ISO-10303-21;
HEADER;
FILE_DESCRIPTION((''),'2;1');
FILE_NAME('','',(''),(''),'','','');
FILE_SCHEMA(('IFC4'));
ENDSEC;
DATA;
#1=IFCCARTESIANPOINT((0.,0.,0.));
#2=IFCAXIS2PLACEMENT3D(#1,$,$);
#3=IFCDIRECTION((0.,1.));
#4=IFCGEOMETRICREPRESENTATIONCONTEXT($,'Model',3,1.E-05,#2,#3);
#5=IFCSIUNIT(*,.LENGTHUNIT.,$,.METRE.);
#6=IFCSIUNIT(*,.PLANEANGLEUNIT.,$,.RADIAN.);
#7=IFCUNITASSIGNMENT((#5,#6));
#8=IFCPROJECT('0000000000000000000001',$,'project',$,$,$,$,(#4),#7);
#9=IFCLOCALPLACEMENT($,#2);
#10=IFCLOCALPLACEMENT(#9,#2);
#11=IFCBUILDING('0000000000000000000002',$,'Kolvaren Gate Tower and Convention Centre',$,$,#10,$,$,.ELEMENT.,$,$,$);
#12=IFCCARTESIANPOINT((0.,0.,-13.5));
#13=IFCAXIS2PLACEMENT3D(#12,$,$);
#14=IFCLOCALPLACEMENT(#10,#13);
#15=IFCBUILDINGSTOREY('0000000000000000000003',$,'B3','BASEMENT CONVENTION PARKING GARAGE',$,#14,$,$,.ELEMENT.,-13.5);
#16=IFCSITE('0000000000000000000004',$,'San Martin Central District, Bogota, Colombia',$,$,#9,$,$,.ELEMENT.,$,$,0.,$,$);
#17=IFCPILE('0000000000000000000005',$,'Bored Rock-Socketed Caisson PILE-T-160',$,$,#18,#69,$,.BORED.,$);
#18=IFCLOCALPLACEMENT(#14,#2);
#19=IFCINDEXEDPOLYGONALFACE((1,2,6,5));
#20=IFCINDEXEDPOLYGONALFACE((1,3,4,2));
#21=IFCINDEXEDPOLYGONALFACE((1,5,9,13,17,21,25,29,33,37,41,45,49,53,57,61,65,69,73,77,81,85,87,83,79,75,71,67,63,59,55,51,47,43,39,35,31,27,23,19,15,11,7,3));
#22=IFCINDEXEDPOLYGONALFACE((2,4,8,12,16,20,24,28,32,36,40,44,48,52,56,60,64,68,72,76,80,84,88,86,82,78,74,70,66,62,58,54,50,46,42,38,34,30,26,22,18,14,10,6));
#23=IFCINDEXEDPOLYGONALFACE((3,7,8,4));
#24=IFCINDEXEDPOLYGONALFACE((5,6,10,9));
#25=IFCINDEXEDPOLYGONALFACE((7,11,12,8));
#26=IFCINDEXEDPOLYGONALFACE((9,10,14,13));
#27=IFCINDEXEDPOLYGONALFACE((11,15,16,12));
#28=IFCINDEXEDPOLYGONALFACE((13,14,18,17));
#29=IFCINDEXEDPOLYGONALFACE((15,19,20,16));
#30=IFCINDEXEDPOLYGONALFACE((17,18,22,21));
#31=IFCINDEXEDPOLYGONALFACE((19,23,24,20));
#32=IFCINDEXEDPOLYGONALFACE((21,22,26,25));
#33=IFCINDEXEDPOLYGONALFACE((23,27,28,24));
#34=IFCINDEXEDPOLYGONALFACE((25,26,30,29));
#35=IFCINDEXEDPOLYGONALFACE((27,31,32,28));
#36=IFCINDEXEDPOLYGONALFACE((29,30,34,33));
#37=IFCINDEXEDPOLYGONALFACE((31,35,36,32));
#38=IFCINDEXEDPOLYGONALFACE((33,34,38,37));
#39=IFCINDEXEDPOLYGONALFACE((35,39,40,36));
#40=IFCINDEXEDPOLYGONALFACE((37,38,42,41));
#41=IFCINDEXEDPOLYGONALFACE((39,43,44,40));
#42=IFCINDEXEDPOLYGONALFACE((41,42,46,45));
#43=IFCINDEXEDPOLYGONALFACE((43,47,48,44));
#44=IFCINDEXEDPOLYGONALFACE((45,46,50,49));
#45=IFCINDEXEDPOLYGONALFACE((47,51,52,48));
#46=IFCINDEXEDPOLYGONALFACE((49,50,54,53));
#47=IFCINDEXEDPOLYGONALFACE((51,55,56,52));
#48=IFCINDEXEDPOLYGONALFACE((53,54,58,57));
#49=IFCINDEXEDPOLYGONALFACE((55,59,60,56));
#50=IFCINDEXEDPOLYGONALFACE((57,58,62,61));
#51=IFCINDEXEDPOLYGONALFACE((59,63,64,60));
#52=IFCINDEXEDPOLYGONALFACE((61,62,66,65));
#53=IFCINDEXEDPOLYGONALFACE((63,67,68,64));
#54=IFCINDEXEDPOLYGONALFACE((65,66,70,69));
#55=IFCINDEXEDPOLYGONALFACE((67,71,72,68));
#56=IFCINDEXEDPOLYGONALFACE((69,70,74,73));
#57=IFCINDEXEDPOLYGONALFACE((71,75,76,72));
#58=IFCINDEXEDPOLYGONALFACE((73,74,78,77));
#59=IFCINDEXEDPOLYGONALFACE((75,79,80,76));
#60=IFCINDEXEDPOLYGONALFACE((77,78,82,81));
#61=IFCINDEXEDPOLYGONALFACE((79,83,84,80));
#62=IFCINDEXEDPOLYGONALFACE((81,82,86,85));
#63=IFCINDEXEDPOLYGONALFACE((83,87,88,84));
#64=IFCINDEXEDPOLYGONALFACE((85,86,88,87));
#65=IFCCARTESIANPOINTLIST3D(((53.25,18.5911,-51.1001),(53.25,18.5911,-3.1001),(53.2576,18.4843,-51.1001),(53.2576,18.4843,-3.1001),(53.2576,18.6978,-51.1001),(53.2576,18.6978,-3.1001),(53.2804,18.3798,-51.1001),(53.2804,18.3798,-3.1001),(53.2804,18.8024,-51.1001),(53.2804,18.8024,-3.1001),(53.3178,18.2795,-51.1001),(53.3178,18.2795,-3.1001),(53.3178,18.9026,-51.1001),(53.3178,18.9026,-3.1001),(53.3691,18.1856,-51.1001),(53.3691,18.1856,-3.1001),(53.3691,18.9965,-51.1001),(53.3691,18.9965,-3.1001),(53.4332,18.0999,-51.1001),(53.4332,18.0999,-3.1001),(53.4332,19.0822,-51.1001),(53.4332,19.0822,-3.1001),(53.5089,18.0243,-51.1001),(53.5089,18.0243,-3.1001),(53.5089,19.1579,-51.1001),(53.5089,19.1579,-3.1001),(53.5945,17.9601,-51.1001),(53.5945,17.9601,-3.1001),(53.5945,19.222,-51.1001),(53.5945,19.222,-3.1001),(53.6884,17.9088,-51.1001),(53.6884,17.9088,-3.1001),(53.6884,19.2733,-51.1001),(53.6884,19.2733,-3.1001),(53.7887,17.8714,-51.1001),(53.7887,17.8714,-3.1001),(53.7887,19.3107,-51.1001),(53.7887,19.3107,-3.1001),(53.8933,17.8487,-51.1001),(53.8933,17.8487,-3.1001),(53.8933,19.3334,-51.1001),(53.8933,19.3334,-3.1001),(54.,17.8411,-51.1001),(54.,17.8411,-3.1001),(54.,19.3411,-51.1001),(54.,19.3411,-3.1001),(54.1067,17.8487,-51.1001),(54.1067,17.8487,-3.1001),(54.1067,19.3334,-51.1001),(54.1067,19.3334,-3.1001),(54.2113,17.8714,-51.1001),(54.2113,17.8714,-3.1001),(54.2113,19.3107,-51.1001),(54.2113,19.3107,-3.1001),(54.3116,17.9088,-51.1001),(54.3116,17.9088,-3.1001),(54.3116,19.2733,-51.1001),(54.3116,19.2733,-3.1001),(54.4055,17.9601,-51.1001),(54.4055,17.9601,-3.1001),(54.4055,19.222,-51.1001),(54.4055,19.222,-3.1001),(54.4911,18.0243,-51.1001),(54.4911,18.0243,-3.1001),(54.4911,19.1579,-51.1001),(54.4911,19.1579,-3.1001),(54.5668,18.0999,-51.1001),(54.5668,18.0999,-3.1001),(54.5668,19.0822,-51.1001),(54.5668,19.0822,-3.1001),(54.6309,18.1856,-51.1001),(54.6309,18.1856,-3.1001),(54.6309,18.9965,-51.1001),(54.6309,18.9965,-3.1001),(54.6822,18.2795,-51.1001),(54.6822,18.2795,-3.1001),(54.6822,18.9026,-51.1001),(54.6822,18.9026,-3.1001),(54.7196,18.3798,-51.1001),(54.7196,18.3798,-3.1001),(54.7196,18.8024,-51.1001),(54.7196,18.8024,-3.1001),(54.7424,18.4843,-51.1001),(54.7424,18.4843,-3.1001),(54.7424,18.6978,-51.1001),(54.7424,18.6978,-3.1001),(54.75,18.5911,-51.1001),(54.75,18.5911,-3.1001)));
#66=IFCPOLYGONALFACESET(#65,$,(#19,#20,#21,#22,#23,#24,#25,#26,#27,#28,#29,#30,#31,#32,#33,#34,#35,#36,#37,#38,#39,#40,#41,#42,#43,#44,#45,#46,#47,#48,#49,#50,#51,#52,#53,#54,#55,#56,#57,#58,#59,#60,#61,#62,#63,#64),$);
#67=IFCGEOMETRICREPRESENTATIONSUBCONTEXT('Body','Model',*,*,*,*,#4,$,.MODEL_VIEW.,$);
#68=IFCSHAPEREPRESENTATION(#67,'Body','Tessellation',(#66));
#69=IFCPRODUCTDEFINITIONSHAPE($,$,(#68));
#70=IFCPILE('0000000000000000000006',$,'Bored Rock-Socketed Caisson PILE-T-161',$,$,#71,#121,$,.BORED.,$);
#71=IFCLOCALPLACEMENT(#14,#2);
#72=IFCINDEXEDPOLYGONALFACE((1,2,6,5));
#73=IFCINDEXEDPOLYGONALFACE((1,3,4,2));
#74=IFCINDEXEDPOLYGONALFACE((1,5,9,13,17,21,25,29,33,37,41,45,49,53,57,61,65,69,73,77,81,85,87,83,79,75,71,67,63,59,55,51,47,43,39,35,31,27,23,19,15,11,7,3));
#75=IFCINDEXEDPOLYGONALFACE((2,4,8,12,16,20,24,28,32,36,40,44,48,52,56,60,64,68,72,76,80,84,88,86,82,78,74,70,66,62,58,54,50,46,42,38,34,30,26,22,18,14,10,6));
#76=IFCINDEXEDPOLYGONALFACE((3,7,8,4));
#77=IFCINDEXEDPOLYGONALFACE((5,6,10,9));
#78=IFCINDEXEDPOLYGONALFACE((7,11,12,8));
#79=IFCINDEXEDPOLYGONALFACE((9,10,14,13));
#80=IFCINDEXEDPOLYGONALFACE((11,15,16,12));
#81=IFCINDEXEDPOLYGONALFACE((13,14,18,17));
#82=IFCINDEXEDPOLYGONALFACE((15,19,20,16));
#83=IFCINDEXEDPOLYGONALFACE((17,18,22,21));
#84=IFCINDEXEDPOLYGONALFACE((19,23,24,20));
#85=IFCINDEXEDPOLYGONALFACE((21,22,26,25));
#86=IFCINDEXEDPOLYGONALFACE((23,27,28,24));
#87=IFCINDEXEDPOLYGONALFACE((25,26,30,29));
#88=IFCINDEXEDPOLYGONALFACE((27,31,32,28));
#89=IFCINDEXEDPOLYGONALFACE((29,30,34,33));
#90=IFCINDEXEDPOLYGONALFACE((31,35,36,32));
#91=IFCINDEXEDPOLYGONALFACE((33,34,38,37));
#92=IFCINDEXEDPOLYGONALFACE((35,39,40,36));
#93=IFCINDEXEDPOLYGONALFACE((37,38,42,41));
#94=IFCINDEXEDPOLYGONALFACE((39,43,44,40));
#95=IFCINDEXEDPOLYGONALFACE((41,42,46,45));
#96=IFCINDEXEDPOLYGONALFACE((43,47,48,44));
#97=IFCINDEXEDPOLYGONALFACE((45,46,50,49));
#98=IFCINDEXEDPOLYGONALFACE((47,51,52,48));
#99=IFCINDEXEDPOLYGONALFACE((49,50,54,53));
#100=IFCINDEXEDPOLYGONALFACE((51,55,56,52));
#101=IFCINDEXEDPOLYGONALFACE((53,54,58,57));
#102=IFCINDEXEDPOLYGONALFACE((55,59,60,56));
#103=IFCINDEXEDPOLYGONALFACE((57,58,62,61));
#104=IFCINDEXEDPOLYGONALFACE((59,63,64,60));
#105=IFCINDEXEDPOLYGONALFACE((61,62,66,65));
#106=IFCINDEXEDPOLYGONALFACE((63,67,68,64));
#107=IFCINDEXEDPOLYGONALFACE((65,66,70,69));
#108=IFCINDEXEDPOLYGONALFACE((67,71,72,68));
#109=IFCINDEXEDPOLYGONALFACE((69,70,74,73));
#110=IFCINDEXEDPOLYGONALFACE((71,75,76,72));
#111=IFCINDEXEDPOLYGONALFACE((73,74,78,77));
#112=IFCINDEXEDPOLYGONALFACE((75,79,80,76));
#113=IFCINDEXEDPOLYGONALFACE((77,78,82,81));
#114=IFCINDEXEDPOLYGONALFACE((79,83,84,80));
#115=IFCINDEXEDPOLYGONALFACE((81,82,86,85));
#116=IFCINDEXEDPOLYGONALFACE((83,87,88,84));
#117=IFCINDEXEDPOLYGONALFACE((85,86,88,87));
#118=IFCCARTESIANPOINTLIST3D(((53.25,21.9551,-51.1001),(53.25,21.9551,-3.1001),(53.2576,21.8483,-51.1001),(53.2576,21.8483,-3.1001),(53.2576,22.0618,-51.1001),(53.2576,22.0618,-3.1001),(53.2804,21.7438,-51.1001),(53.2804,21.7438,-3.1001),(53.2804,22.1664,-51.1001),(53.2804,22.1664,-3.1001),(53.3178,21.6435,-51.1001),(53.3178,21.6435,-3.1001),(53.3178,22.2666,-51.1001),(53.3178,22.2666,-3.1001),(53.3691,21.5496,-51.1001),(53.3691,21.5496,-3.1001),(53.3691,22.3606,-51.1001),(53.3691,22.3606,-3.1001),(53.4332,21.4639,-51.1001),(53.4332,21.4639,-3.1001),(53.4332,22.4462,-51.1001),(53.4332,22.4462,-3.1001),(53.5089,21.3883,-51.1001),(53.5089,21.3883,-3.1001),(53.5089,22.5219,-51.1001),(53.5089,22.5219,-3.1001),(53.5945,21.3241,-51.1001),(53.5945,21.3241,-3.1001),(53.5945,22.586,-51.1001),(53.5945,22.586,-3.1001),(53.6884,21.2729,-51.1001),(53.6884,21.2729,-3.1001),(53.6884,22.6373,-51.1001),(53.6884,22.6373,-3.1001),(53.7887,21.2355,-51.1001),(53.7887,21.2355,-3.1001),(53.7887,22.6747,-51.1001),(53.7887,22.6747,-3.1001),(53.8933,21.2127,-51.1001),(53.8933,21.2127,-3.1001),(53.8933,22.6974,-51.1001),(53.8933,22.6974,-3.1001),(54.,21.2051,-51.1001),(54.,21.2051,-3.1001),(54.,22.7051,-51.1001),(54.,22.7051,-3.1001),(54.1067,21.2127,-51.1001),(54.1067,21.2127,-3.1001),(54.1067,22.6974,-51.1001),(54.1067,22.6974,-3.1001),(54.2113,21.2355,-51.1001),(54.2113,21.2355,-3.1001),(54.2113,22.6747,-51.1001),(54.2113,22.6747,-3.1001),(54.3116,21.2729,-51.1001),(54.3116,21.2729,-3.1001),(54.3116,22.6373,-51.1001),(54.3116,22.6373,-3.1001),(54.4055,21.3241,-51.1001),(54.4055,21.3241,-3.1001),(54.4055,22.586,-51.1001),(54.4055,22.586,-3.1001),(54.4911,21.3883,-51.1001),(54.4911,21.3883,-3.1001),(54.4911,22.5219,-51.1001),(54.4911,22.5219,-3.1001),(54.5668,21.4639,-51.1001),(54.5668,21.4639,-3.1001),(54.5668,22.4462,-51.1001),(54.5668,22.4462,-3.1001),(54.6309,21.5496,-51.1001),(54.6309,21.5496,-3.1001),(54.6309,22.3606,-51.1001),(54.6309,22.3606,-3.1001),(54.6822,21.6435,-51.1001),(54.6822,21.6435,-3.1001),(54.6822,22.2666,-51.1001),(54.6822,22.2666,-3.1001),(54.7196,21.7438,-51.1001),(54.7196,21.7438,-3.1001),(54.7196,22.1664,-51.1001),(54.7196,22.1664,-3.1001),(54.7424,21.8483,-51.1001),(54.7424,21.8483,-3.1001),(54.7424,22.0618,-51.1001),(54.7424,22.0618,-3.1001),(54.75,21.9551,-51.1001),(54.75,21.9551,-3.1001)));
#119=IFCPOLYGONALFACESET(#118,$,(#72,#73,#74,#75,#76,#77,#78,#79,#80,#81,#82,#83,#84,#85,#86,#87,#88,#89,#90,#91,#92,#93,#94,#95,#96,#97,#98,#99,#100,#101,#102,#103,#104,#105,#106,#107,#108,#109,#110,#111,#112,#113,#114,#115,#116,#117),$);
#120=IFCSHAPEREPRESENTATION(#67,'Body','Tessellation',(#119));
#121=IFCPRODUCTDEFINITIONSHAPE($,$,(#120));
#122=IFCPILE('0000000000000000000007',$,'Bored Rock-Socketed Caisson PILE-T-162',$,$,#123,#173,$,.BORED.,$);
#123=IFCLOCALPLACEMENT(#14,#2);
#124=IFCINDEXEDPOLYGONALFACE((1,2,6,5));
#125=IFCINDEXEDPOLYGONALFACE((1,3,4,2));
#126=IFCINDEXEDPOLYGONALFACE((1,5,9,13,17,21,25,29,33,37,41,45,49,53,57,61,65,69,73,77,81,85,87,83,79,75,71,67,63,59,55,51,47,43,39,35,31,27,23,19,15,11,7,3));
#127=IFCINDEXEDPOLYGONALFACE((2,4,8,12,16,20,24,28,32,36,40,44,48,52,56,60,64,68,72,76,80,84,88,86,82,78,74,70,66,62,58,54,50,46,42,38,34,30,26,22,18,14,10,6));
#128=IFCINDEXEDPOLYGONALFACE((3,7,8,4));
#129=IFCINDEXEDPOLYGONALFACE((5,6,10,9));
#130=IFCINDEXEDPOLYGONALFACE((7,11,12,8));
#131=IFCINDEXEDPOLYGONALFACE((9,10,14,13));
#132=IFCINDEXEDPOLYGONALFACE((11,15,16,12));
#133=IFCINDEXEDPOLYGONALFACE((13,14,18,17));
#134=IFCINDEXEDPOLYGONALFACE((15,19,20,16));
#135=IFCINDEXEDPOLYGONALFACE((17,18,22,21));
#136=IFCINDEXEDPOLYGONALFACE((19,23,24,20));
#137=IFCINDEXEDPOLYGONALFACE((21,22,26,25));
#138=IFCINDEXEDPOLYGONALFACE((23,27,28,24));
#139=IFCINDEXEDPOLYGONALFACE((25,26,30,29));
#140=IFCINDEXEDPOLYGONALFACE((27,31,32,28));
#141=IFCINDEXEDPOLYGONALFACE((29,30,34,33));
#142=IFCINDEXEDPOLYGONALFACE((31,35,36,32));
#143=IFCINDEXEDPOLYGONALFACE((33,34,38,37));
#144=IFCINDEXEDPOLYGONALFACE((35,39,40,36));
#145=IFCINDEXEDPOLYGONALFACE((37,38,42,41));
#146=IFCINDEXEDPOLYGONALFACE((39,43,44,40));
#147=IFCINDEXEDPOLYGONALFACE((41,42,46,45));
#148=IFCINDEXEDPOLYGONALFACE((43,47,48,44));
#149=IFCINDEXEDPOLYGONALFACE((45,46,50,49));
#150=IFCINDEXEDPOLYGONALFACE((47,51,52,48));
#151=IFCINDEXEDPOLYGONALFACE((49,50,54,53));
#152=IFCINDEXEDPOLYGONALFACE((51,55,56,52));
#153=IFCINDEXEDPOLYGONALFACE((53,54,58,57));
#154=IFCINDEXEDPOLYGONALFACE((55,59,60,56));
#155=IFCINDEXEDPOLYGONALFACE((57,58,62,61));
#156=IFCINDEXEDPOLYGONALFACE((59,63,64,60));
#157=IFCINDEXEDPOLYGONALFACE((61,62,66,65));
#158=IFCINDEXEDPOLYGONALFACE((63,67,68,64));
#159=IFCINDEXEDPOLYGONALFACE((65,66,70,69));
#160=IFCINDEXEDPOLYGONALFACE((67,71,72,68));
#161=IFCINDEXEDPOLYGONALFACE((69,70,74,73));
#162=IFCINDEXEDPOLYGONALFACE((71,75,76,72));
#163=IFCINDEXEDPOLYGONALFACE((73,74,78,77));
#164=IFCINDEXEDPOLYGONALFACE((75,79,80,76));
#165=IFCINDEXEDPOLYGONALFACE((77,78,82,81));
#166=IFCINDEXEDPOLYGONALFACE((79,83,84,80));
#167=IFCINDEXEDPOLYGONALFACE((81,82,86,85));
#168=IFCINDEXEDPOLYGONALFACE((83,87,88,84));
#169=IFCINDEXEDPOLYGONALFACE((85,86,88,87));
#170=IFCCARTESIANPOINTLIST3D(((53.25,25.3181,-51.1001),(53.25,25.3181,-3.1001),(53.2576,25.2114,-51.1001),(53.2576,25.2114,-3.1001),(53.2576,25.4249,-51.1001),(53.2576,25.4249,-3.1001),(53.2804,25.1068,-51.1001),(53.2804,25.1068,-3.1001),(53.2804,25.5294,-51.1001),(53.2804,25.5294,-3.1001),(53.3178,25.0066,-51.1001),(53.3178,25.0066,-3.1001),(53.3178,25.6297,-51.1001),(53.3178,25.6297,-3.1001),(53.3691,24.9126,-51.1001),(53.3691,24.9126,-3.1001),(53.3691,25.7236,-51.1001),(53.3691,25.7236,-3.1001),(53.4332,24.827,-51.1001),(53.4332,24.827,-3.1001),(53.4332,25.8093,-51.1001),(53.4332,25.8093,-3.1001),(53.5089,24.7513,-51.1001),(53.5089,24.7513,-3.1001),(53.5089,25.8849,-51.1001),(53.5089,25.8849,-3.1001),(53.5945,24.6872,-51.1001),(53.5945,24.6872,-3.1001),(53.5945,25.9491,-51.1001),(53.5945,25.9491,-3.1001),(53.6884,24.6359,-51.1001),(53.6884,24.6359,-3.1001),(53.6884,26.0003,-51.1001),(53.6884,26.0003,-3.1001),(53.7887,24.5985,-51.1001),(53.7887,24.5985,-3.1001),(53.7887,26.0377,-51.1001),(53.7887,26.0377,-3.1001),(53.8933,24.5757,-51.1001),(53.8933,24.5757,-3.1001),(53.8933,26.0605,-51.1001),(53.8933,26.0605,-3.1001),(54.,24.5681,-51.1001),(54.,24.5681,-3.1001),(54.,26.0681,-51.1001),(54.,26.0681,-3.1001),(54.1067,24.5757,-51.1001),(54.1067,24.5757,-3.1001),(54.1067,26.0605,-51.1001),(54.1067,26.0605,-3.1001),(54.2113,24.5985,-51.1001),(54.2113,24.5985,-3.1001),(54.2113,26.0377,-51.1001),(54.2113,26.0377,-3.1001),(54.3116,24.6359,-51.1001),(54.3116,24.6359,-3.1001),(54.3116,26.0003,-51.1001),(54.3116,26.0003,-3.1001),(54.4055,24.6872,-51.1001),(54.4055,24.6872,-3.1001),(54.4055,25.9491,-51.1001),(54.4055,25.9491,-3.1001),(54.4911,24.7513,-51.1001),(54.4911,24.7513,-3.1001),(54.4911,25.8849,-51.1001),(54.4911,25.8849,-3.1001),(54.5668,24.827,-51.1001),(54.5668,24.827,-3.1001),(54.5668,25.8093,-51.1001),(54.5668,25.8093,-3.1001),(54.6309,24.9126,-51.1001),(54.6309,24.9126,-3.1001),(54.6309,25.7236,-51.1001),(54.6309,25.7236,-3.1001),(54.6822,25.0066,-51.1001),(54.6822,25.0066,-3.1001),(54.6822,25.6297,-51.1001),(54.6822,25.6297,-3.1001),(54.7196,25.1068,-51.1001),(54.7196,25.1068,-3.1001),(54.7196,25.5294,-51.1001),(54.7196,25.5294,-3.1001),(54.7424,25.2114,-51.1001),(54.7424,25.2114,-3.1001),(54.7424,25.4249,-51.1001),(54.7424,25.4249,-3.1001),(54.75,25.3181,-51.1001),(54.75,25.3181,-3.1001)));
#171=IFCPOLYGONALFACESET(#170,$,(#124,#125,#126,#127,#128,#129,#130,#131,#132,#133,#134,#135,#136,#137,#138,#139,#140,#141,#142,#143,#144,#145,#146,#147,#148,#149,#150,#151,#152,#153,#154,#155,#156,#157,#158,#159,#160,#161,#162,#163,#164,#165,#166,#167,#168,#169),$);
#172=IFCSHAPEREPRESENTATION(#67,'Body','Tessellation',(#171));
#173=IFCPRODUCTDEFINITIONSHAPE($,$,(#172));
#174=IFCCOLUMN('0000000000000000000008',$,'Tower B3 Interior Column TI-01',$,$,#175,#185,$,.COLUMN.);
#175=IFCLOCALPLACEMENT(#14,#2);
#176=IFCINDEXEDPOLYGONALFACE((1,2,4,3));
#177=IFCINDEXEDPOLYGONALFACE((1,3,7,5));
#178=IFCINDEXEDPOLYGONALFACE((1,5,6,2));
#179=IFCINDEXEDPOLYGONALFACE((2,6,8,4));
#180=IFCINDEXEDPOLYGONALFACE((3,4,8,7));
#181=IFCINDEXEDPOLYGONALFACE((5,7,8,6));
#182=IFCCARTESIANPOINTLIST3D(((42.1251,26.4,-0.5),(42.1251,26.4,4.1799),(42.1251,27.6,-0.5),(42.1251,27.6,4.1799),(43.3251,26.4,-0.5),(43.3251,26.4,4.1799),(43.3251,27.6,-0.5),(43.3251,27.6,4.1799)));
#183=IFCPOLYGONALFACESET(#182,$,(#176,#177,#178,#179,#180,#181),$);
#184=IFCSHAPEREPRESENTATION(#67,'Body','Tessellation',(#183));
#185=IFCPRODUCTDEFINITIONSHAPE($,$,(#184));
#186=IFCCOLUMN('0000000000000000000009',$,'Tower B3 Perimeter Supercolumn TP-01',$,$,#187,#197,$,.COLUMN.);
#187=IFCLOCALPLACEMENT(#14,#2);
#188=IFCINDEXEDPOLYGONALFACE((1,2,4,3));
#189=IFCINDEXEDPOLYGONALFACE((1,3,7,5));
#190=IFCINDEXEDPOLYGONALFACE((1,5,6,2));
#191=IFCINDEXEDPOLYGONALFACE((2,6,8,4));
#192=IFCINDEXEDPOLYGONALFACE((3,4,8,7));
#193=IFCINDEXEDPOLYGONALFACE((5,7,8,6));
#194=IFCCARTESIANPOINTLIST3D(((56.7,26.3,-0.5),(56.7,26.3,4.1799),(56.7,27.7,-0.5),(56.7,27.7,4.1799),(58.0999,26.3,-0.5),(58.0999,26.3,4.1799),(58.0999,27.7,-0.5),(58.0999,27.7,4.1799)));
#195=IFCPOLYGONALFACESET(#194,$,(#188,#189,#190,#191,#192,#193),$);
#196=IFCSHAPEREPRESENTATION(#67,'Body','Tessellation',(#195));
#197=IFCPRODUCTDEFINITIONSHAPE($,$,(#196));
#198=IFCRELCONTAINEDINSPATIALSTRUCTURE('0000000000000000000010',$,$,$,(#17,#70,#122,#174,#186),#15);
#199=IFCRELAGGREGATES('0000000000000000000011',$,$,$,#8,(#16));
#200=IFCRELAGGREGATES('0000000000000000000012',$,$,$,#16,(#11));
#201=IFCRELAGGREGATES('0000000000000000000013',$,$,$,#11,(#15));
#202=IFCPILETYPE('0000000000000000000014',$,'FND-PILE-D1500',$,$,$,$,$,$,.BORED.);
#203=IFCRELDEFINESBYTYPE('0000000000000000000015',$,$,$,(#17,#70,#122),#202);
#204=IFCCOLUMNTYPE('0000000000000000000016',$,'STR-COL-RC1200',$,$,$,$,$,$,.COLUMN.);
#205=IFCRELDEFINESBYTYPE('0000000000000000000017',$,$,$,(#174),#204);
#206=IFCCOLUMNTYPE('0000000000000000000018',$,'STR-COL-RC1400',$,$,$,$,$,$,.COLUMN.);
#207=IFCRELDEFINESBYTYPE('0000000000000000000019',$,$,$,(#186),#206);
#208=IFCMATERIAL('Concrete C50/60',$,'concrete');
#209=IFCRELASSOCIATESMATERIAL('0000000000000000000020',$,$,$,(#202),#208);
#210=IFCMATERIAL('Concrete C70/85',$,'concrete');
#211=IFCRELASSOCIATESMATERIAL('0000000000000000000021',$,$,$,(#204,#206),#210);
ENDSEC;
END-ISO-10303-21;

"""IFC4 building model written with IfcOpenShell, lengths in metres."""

from ifc_helpers import new_model, si_unit, direction, frame, origin, origin_2d, place, context, subcontext, project, spatial, rectangle, circle, extrude, material, material_profile, profile_set, type_object, element, save


model = new_model("IFC4")

# Units and contexts
model_context = context("Model", 3, precision=1e-05, world=origin(), true_north=direction((0.0, 1.0)))
body_context = subcontext(model_context, "Body", "Model", "MODEL_VIEW")
ifc_project = project(units=[si_unit("LENGTHUNIT", "METRE"), si_unit("PLANEANGLEUNIT", "RADIAN")], contexts=[model_context])

# Site, building, storey
site_placement = place(None, origin())
site = spatial("IfcSite", under=ifc_project, at=site_placement, Name="San Martin Central District, Bogota, Colombia", CompositionType="ELEMENT", RefElevation=0.0)
building_placement = place(site_placement, origin())
building = spatial("IfcBuilding", under=site, at=building_placement, Name="Kolvaren Gate Tower and Convention Centre", CompositionType="ELEMENT")
storey_placement = place(building_placement, frame((0.0, 0.0, -13.5)))
storey = spatial("IfcBuildingStorey", under=building, at=storey_placement, Name="B3", Description="BASEMENT CONVENTION PARKING GARAGE", CompositionType="ELEMENT", Elevation=-13.5)

# Shared definitions
ifc_material_1 = material(Name="Concrete C50/60", Category="concrete")

# Piles
ifc_material_profile_1 = material_profile(ifc_material_1, circle(Radius=0.75, at=origin_2d()), Name="CAISSON-D1500")
ifc_profile_set_1 = profile_set([ifc_material_profile_1], Name="Concrete C50/60")
pile_type = type_object("IfcPileType", Name="FND-PILE-D1500", PredefinedType="BORED", material=ifc_profile_set_1)
for number, where, z_axis, x_axis, name in (
    (1, (54.0, 18.5911, -3.1001), (0.0, 0.0, -1.0), (1.0, 0.0, 0.0), "Bored Rock-Socketed Caisson PILE-T-160"),
    (2, (54.0, 21.9551, -3.1001), (0.0, 0.0, -1.0), (1.0, 0.0, 0.0), "Bored Rock-Socketed Caisson PILE-T-161"),
    (3, (54.0, 25.3181, -3.1001), (0.0, 0.0, -1.0), (1.0, 0.0, 0.0), "Bored Rock-Socketed Caisson PILE-T-162"),
):
    element("IfcPile", number, at=place(storey_placement, frame(where, z_axis=z_axis, x_axis=x_axis)), inside=storey, type_object=pile_type, Name=name, PredefinedType="BORED", context=body_context, shape_type="SweptSolid", body=[
        extrude(circle(Radius=0.75, at=origin_2d()), origin(), (0.0, 0.0, 1.0), 48.0),
    ])

# Columns
ifc_material_2 = material(Name="Concrete C70/85", Category="concrete")
ifc_material_profile_2 = material_profile(ifc_material_2, rectangle(XDim=1.2, YDim=1.2, at=origin_2d()), Name="RC-COL-1200X1200")
ifc_profile_set_2 = profile_set([ifc_material_profile_2], Name="Concrete C70/85")
column_type_1 = type_object("IfcColumnType", Name="STR-COL-RC1200", PredefinedType="COLUMN", material=ifc_profile_set_2)
column_1_placement = place(storey_placement, frame((42.7251, 27.0, -0.5), z_axis=(0.0, 0.0, 1.0), x_axis=(1.0, 0.0, 0.0)))
element("IfcColumn", 4, at=column_1_placement, inside=storey, type_object=column_type_1, Name="Tower B3 Interior Column TI-01", PredefinedType="COLUMN", context=body_context, shape_type="SweptSolid", body=[
    extrude(rectangle(XDim=1.2, YDim=1.2, at=origin_2d()), origin(), (0.0, 0.0, 1.0), 4.6799),
])
ifc_material_profile_3 = material_profile(ifc_material_2, rectangle(XDim=1.3999, YDim=1.3999, at=origin_2d()), Name="RC-COL-1400X1400")
ifc_profile_set_3 = profile_set([ifc_material_profile_3], Name="Concrete C70/85")
column_type_2 = type_object("IfcColumnType", Name="STR-COL-RC1400", PredefinedType="COLUMN", material=ifc_profile_set_3)
column_2_placement = place(storey_placement, frame((57.3999, 27.0, -0.5), z_axis=(0.0, 0.0, 1.0), x_axis=(1.0, 0.0, 0.0)))
element("IfcColumn", 5, at=column_2_placement, inside=storey, type_object=column_type_2, Name="Tower B3 Perimeter Supercolumn TP-01", PredefinedType="COLUMN", context=body_context, shape_type="SweptSolid", body=[
    extrude(rectangle(XDim=1.3999, YDim=1.3999, at=origin_2d()), origin(), (0.0, 0.0, 1.0), 4.6799),
])

save(model, "model.ifc")
